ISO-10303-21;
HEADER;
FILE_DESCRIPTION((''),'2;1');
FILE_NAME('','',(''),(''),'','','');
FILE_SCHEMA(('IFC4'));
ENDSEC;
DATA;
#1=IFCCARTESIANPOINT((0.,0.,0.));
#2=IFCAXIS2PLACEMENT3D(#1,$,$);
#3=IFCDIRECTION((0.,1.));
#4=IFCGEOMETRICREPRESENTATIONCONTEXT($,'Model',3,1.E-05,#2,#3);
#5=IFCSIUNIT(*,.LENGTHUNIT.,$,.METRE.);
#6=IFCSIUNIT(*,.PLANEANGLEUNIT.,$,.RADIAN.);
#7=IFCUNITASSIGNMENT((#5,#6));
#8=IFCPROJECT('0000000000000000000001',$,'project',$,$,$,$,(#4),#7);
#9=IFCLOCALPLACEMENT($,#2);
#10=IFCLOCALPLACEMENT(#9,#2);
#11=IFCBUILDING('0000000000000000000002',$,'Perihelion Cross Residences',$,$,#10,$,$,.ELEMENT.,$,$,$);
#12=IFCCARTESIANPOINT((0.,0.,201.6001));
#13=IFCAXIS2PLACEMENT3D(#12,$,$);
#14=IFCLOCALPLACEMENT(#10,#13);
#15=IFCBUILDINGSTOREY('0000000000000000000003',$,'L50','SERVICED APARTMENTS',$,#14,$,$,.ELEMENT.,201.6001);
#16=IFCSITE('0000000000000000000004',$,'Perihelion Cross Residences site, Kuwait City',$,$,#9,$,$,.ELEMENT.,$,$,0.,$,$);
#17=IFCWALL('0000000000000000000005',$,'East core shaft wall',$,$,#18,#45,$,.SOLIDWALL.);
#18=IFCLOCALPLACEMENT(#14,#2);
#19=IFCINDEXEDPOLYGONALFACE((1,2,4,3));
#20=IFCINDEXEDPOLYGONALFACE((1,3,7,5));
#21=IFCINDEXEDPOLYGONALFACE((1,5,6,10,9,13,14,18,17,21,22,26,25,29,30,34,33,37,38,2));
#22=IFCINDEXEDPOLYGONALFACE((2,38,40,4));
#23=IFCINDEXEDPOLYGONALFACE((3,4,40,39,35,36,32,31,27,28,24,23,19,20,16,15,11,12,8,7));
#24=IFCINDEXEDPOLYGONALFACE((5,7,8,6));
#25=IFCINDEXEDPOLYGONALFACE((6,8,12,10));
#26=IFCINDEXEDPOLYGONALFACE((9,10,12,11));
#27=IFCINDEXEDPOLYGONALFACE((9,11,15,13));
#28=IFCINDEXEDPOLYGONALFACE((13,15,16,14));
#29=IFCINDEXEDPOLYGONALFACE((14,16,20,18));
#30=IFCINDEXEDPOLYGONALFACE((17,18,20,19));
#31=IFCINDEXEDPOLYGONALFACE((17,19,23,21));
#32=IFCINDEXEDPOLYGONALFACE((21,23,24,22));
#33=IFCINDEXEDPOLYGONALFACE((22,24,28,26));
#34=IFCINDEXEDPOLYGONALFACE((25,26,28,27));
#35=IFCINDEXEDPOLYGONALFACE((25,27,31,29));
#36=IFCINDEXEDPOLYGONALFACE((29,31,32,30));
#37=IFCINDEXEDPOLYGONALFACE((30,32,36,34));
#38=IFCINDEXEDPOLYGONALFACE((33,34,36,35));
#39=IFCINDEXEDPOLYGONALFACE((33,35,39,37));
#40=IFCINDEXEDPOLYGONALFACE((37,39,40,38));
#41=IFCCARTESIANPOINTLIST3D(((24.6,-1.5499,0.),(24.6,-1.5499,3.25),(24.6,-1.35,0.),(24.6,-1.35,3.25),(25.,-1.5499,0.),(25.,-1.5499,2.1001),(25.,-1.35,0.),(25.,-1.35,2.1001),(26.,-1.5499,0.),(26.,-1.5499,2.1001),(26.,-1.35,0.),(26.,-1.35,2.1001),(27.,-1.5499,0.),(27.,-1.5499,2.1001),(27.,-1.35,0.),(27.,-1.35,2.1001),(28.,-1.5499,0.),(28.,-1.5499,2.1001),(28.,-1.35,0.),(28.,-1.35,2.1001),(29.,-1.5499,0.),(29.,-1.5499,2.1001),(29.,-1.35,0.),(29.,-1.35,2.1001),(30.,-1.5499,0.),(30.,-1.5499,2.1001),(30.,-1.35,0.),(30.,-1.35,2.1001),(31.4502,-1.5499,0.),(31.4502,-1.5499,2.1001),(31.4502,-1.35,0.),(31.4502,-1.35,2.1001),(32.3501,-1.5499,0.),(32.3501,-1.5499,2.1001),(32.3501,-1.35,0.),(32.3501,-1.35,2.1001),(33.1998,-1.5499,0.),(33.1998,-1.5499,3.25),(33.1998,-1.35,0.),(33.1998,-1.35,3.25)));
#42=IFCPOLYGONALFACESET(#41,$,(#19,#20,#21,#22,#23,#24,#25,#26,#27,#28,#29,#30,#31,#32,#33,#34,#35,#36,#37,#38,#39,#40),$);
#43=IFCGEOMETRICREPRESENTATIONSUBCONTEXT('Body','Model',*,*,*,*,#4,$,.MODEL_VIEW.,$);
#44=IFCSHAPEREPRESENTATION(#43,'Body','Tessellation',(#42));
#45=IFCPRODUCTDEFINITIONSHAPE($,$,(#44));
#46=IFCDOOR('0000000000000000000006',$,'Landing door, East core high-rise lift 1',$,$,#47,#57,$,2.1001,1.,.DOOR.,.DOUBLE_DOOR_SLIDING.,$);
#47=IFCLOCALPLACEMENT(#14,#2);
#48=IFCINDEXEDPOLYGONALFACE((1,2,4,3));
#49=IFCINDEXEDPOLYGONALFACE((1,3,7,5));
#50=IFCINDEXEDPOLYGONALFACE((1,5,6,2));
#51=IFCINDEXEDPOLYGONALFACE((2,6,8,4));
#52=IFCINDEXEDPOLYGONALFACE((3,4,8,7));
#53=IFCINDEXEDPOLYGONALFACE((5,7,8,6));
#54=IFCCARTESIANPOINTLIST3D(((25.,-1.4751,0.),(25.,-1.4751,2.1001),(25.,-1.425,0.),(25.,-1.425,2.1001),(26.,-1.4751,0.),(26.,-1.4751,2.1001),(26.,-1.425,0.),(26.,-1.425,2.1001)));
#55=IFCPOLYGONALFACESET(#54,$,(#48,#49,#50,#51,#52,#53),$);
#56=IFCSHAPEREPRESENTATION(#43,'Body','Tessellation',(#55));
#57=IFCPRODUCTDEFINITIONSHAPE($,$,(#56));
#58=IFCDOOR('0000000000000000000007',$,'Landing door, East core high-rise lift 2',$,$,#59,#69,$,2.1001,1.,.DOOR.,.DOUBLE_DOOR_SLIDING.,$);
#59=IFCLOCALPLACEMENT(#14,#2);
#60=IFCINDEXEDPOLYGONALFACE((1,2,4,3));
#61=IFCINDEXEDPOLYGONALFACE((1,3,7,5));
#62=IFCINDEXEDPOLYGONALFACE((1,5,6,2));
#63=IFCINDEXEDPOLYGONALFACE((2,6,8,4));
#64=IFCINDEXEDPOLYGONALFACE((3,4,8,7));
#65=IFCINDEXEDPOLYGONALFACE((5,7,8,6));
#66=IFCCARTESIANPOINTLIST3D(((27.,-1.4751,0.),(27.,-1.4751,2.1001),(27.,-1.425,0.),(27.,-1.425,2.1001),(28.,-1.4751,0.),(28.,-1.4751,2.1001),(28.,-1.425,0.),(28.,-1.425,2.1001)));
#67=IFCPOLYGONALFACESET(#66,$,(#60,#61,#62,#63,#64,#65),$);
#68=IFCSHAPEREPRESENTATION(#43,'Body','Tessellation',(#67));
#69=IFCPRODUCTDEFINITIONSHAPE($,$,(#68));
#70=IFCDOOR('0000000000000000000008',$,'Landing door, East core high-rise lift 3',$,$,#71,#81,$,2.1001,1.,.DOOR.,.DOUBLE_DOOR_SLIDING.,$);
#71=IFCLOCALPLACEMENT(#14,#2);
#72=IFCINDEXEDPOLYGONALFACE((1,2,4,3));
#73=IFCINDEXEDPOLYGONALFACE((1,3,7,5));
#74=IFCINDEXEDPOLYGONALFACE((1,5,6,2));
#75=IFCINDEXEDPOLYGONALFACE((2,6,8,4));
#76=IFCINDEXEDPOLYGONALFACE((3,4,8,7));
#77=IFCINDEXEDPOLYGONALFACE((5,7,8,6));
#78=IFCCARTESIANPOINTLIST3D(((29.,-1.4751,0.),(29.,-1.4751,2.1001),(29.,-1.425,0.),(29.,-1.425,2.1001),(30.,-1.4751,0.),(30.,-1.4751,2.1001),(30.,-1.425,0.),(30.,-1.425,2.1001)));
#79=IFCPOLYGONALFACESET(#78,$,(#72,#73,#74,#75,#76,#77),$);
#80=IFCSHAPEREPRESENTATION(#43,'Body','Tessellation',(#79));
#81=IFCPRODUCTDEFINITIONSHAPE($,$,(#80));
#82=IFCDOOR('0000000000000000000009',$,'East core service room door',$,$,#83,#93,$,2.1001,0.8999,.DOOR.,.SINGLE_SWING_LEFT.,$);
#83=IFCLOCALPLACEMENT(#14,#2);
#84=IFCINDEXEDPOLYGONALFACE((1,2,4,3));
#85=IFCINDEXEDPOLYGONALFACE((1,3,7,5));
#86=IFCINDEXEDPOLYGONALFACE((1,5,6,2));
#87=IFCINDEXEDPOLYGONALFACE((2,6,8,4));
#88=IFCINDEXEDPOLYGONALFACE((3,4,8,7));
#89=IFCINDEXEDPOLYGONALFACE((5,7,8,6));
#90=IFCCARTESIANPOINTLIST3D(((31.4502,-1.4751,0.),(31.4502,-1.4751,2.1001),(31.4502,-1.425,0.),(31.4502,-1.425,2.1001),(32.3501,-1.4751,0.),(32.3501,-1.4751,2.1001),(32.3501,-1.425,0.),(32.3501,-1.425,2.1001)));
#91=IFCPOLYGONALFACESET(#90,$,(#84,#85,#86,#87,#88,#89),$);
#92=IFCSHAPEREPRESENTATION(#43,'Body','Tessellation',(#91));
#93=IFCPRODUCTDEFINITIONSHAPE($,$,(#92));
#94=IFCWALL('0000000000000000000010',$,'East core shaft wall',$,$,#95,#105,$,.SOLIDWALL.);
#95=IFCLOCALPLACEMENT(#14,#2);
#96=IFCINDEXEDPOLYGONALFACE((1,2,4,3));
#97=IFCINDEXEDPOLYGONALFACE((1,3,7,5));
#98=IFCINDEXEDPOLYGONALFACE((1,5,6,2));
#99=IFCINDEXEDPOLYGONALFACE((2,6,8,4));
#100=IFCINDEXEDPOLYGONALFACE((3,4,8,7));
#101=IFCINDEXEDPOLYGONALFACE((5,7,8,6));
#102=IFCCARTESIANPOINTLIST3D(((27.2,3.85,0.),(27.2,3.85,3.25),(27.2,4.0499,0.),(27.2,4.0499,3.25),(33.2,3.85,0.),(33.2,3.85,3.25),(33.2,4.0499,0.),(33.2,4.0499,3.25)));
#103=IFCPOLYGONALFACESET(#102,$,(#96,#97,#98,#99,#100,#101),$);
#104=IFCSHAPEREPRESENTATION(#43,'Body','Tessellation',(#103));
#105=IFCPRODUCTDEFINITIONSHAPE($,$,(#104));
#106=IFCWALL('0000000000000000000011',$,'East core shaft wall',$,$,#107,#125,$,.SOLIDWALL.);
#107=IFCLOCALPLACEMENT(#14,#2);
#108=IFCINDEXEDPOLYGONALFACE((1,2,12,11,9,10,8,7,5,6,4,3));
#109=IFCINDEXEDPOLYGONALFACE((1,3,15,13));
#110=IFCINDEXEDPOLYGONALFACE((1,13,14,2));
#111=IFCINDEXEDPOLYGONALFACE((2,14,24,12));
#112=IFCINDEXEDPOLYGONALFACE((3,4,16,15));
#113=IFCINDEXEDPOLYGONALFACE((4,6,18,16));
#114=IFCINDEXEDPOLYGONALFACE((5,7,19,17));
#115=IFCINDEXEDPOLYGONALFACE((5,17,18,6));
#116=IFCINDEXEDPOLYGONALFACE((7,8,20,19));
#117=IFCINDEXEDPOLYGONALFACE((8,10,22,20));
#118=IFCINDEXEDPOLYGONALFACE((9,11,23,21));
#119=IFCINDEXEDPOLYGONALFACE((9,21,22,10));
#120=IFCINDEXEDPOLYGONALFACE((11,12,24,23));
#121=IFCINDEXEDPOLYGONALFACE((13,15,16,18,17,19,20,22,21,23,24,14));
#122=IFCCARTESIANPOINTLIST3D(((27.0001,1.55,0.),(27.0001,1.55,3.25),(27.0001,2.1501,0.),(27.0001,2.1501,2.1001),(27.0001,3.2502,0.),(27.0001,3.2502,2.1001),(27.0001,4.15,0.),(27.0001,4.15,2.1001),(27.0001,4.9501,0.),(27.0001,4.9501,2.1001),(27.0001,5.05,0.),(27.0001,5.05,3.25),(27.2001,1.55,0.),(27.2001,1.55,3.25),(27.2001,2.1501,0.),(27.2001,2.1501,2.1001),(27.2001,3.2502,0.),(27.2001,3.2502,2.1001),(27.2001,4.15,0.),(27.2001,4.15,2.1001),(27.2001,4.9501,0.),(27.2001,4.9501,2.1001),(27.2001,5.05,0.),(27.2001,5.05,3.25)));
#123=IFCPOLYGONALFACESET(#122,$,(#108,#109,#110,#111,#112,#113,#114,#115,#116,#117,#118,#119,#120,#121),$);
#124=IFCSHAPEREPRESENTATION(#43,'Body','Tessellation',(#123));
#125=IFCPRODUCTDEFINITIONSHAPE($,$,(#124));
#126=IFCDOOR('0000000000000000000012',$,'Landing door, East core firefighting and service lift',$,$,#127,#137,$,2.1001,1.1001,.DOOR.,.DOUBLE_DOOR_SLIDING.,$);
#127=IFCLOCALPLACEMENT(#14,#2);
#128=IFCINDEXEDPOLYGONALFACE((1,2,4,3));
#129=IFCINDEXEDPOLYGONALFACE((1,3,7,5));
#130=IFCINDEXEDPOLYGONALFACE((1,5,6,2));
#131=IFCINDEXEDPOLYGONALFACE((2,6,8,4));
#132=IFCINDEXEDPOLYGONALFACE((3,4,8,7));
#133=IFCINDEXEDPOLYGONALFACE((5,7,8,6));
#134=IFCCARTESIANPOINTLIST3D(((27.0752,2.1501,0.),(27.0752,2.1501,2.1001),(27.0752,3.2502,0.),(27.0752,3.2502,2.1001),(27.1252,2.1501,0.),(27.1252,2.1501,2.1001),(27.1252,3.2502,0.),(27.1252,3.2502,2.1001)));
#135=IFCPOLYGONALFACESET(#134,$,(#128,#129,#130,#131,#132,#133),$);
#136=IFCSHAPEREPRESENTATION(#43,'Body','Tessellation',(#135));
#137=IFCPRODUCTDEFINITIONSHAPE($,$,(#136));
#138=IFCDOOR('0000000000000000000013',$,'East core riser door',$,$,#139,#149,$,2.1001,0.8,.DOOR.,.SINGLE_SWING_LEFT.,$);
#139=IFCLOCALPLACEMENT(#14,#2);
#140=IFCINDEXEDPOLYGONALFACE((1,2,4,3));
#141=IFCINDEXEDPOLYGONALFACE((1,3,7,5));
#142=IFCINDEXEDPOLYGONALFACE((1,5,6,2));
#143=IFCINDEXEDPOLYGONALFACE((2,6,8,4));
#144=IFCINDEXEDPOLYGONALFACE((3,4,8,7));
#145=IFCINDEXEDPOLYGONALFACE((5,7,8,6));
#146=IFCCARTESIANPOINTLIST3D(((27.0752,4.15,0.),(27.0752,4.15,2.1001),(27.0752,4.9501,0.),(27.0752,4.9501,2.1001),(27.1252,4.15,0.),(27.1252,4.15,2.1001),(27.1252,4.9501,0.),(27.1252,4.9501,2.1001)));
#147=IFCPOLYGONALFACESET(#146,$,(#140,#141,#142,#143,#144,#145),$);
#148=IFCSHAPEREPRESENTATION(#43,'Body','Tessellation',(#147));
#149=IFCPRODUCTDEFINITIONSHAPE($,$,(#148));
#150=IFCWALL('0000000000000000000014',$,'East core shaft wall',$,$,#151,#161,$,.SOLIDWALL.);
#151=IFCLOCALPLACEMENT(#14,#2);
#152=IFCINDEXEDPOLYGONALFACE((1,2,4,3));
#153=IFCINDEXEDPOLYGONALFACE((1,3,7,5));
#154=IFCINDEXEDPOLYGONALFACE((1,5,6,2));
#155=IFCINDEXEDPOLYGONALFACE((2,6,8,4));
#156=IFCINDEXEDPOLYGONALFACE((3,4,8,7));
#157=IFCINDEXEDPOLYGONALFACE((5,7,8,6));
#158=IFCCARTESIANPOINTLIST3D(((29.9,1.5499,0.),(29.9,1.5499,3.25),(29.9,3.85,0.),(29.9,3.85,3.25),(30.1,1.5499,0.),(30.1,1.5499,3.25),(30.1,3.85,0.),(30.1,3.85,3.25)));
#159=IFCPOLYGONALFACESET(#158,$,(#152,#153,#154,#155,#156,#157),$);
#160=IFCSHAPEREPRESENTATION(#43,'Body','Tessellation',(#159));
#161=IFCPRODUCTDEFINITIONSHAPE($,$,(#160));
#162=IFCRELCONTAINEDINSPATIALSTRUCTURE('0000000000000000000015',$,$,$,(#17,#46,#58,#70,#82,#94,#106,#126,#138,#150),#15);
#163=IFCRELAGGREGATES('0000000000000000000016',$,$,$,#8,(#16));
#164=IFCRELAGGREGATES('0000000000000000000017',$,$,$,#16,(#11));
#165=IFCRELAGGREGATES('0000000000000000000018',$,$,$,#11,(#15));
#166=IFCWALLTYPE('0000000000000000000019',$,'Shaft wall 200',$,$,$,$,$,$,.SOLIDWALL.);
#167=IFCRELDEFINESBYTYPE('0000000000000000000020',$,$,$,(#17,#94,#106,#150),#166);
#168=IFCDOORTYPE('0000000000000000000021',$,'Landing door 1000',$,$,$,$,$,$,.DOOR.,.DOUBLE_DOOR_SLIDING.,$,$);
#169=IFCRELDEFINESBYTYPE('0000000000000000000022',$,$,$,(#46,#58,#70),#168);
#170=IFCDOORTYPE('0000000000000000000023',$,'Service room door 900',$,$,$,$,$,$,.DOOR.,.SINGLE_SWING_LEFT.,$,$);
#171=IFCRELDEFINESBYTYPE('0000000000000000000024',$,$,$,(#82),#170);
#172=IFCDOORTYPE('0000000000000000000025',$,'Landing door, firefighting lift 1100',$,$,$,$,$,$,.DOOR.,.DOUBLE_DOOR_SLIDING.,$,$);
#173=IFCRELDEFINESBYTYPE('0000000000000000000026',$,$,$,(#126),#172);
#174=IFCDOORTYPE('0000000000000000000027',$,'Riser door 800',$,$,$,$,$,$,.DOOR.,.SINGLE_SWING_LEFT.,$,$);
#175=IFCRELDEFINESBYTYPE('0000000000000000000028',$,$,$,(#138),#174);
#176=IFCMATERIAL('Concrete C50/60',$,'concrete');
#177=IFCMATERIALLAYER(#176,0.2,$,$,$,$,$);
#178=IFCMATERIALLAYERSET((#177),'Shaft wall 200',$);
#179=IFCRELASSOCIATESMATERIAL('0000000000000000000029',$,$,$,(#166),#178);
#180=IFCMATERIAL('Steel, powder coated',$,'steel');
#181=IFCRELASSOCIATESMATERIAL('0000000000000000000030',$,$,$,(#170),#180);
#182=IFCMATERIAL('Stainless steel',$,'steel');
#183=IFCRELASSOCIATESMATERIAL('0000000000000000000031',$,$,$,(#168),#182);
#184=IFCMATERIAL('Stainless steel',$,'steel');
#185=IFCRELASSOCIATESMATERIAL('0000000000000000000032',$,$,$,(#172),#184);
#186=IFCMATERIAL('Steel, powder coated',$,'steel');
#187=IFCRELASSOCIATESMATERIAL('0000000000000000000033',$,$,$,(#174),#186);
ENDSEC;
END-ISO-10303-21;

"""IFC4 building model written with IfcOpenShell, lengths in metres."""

from ifc_helpers import new_model, si_unit, direction, frame, frame_2d, origin, place, context, subcontext, project, spatial, rectangle, extrude, material, layer, layer_set, type_object, element, fill, save


model = new_model("IFC4")

# Units and contexts
model_context = context("Model", 3, precision=1e-05, world=origin(), true_north=direction((0.0, 1.0)))
body_context = subcontext(model_context, "Body", "Model", "MODEL_VIEW")
ifc_project = project(units=[si_unit("LENGTHUNIT", "METRE"), si_unit("PLANEANGLEUNIT", "RADIAN")], contexts=[model_context])

# Site, building, storey
site_placement = place(None, origin())
site = spatial("IfcSite", under=ifc_project, at=site_placement, Name="Perihelion Cross Residences site, Kuwait City", CompositionType="ELEMENT", RefElevation=0.0)
building_placement = place(site_placement, origin())
building = spatial("IfcBuilding", under=site, at=building_placement, Name="Perihelion Cross Residences", CompositionType="ELEMENT")
storey_placement = place(building_placement, frame((0.0, 0.0, 201.6001)))
storey = spatial("IfcBuildingStorey", under=building, at=storey_placement, Name="L50", Description="SERVICED APARTMENTS", CompositionType="ELEMENT", Elevation=201.6001)

# Wall, openings, doors
ifc_material_1 = material(Name="Concrete C50/60", Category="concrete")
ifc_layer_1 = layer(ifc_material_1, 0.2)
ifc_layer_set_1 = layer_set([ifc_layer_1], Name="Shaft wall 200")
wall_type_1 = type_object("IfcWallType", Name="Shaft wall 200", PredefinedType="SOLIDWALL", material=ifc_layer_set_1)
ifc_material_2 = material(Name="Steel, powder coated", Category="steel")
door_type_1 = type_object("IfcDoorType", Name="Service room door 900", OperationType="SINGLE_SWING_LEFT", PredefinedType="DOOR", material=ifc_material_2)
wall_1_placement = place(storey_placement, frame((24.6001, -1.45, 0.0), z_axis=(0.0, 0.0, 1.0), x_axis=(1.0, 0.0, 0.0)))
wall_1 = element("IfcWall", 1, at=wall_1_placement, inside=storey, type_object=wall_type_1, Name="East core shaft wall", PredefinedType="SOLIDWALL", context=body_context, shape_type="SweptSolid", body=[
    extrude(rectangle(XDim=8.5999, YDim=0.2, at=frame_2d((4.2998, 0.0))), origin(), (0.0, 0.0, 1.0), 3.25),
])
opening_1_placement = place(wall_1_placement, frame((0.3999, 0.0, 0.0)))
opening_1 = element("IfcOpeningElement", 2, at=opening_1_placement, cuts=wall_1, PredefinedType="OPENING", context=body_context, shape_type="SweptSolid", body=[
    extrude(rectangle(XDim=1.0, YDim=2.1001, at=frame_2d((0.5, 1.05))), frame((0.0, 0.1099, 0.0), z_axis=(0.0, -1.0, 0.0), x_axis=(1.0, 0.0, 0.0)), (0.0, 0.0, 1.0), 0.22),
])
opening_2_placement = place(wall_1_placement, frame((2.3999, 0.0, 0.0)))
opening_2 = element("IfcOpeningElement", 3, at=opening_2_placement, cuts=wall_1, PredefinedType="OPENING", context=body_context, shape_type="SweptSolid", body=[
    extrude(rectangle(XDim=1.0, YDim=2.1001, at=frame_2d((0.5, 1.05))), frame((0.0, 0.1099, 0.0), z_axis=(0.0, -1.0, 0.0), x_axis=(1.0, 0.0, 0.0)), (0.0, 0.0, 1.0), 0.22),
])
opening_3_placement = place(wall_1_placement, frame((4.3999, 0.0, 0.0)))
opening_3 = element("IfcOpeningElement", 4, at=opening_3_placement, cuts=wall_1, PredefinedType="OPENING", context=body_context, shape_type="SweptSolid", body=[
    extrude(rectangle(XDim=1.0, YDim=2.1001, at=frame_2d((0.5, 1.05))), frame((0.0, 0.1099, 0.0), z_axis=(0.0, -1.0, 0.0), x_axis=(1.0, 0.0, 0.0)), (0.0, 0.0, 1.0), 0.22),
])
opening_4_placement = place(wall_1_placement, frame((6.8501, 0.0, 0.0)))
opening_4 = element("IfcOpeningElement", 5, at=opening_4_placement, cuts=wall_1, PredefinedType="OPENING", context=body_context, shape_type="SweptSolid", body=[
    extrude(rectangle(XDim=0.8999, YDim=2.1001, at=frame_2d((0.45, 1.05))), frame((0.0, 0.1099, 0.0), z_axis=(0.0, -1.0, 0.0), x_axis=(1.0, 0.0, 0.0)), (0.0, 0.0, 1.0), 0.22),
])
ifc_material_3 = material(Name="Stainless steel", Category="steel")
door_type_2 = type_object("IfcDoorType", Name="Landing door 1000", OperationType="DOUBLE_DOOR_SLIDING", PredefinedType="DOOR", material=ifc_material_3)
door_1_placement = place(opening_1_placement, origin())
door_1 = element("IfcDoor", 6, at=door_1_placement, inside=storey, type_object=door_type_2, Name="Landing door, East core high-rise lift 1", OperationType="DOUBLE_DOOR_SLIDING", OverallHeight=2.1001, OverallWidth=1.0, PredefinedType="DOOR", context=body_context, shape_type="SweptSolid", body=[
    extrude(rectangle(XDim=1.0, YDim=2.1001, at=frame_2d((0.5, 1.05))), frame((0.0, 0.0249, 0.0), z_axis=(0.0, -1.0, 0.0), x_axis=(1.0, 0.0, 0.0)), (0.0, 0.0, 1.0), 0.05),
])
fill(opening_1, door_1)
door_2_placement = place(opening_2_placement, origin())
door_2 = element("IfcDoor", 7, at=door_2_placement, inside=storey, type_object=door_type_2, Name="Landing door, East core high-rise lift 2", OperationType="DOUBLE_DOOR_SLIDING", OverallHeight=2.1001, OverallWidth=1.0, PredefinedType="DOOR", context=body_context, shape_type="SweptSolid", body=[
    extrude(rectangle(XDim=1.0, YDim=2.1001, at=frame_2d((0.5, 1.05))), frame((0.0, 0.0249, 0.0), z_axis=(0.0, -1.0, 0.0), x_axis=(1.0, 0.0, 0.0)), (0.0, 0.0, 1.0), 0.05),
])
fill(opening_2, door_2)
door_3_placement = place(opening_3_placement, origin())
door_3 = element("IfcDoor", 8, at=door_3_placement, inside=storey, type_object=door_type_2, Name="Landing door, East core high-rise lift 3", OperationType="DOUBLE_DOOR_SLIDING", OverallHeight=2.1001, OverallWidth=1.0, PredefinedType="DOOR", context=body_context, shape_type="SweptSolid", body=[
    extrude(rectangle(XDim=1.0, YDim=2.1001, at=frame_2d((0.5, 1.05))), frame((0.0, 0.0249, 0.0), z_axis=(0.0, -1.0, 0.0), x_axis=(1.0, 0.0, 0.0)), (0.0, 0.0, 1.0), 0.05),
])
fill(opening_3, door_3)
door_4_placement = place(opening_4_placement, origin())
door_4 = element("IfcDoor", 9, at=door_4_placement, inside=storey, type_object=door_type_1, Name="East core service room door", OperationType="SINGLE_SWING_LEFT", OverallHeight=2.1001, OverallWidth=0.8999, PredefinedType="DOOR", context=body_context, shape_type="SweptSolid", body=[
    extrude(rectangle(XDim=0.8999, YDim=2.1001, at=frame_2d((0.45, 1.05))), frame((0.0, 0.0249, 0.0), z_axis=(0.0, -1.0, 0.0), x_axis=(1.0, 0.0, 0.0)), (0.0, 0.0, 1.0), 0.05),
])
fill(opening_4, door_4)

# Wall
wall_2_placement = place(storey_placement, frame((27.2, 3.95, 0.0), z_axis=(0.0, 0.0, 1.0), x_axis=(1.0, 0.0, 0.0)))
element("IfcWall", 10, at=wall_2_placement, inside=storey, type_object=wall_type_1, Name="East core shaft wall", PredefinedType="SOLIDWALL", context=body_context, shape_type="SweptSolid", body=[
    extrude(rectangle(XDim=6.0, YDim=0.2, at=frame_2d((3.0, 0.0))), origin(), (0.0, 0.0, 1.0), 3.25),
])

# Wall, openings, doors
wall_3_placement = place(storey_placement, frame((27.1001, 1.55, 0.0), z_axis=(0.0, 0.0, 1.0), x_axis=(0.0, 1.0, 0.0)))
wall_3 = element("IfcWall", 11, at=wall_3_placement, inside=storey, type_object=wall_type_1, Name="East core shaft wall", PredefinedType="SOLIDWALL", context=body_context, shape_type="SweptSolid", body=[
    extrude(rectangle(XDim=3.5, YDim=0.2, at=frame_2d((1.75, 0.0))), origin(), (0.0, 0.0, 1.0), 3.25),
])
opening_5_placement = place(wall_3_placement, frame((0.6001, 0.0, 0.0)))
opening_5 = element("IfcOpeningElement", 12, at=opening_5_placement, cuts=wall_3, PredefinedType="OPENING", context=body_context, shape_type="SweptSolid", body=[
    extrude(rectangle(XDim=1.1001, YDim=2.1001, at=frame_2d((0.55, 1.05))), frame((0.0, 0.1099, 0.0), z_axis=(0.0, -1.0, 0.0), x_axis=(1.0, 0.0, 0.0)), (0.0, 0.0, 1.0), 0.22),
])
opening_6_placement = place(wall_3_placement, frame((2.6001, 0.0, 0.0)))
opening_6 = element("IfcOpeningElement", 13, at=opening_6_placement, cuts=wall_3, PredefinedType="OPENING", context=body_context, shape_type="SweptSolid", body=[
    extrude(rectangle(XDim=0.8, YDim=2.1001, at=frame_2d((0.3999, 1.05))), frame((0.0, 0.1099, 0.0), z_axis=(0.0, -1.0, 0.0), x_axis=(1.0, 0.0, 0.0)), (0.0, 0.0, 1.0), 0.22),
])
ifc_material_4 = material(Name="Stainless steel", Category="steel")
door_type_3 = type_object("IfcDoorType", Name="Landing door, firefighting lift 1100", OperationType="DOUBLE_DOOR_SLIDING", PredefinedType="DOOR", material=ifc_material_4)
door_5_placement = place(opening_5_placement, origin())
door_5 = element("IfcDoor", 14, at=door_5_placement, inside=storey, type_object=door_type_3, Name="Landing door, East core firefighting and service lift", OperationType="DOUBLE_DOOR_SLIDING", OverallHeight=2.1001, OverallWidth=1.1001, PredefinedType="DOOR", context=body_context, shape_type="SweptSolid", body=[
    extrude(rectangle(XDim=1.1001, YDim=2.1001, at=frame_2d((0.55, 1.05))), frame((0.0, 0.0249, 0.0), z_axis=(0.0, -1.0, 0.0), x_axis=(1.0, 0.0, 0.0)), (0.0, 0.0, 1.0), 0.05),
])
fill(opening_5, door_5)
ifc_material_5 = material(Name="Steel, powder coated", Category="steel")
door_type_4 = type_object("IfcDoorType", Name="Riser door 800", OperationType="SINGLE_SWING_LEFT", PredefinedType="DOOR", material=ifc_material_5)
door_6_placement = place(opening_6_placement, origin())
door_6 = element("IfcDoor", 15, at=door_6_placement, inside=storey, type_object=door_type_4, Name="East core riser door", OperationType="SINGLE_SWING_LEFT", OverallHeight=2.1001, OverallWidth=0.8, PredefinedType="DOOR", context=body_context, shape_type="SweptSolid", body=[
    extrude(rectangle(XDim=0.8, YDim=2.1001, at=frame_2d((0.3999, 1.05))), frame((0.0, 0.0249, 0.0), z_axis=(0.0, -1.0, 0.0), x_axis=(1.0, 0.0, 0.0)), (0.0, 0.0, 1.0), 0.05),
])
fill(opening_6, door_6)

# Wall
wall_4_placement = place(storey_placement, frame((30.0, 1.55, 0.0), z_axis=(0.0, 0.0, 1.0), x_axis=(0.0, 1.0, 0.0)))
element("IfcWall", 16, at=wall_4_placement, inside=storey, type_object=wall_type_1, Name="East core shaft wall", PredefinedType="SOLIDWALL", context=body_context, shape_type="SweptSolid", body=[
    extrude(rectangle(XDim=2.3, YDim=0.2, at=frame_2d((1.1499, 0.0))), origin(), (0.0, 0.0, 1.0), 3.25),
])

save(model, "model.ifc")
